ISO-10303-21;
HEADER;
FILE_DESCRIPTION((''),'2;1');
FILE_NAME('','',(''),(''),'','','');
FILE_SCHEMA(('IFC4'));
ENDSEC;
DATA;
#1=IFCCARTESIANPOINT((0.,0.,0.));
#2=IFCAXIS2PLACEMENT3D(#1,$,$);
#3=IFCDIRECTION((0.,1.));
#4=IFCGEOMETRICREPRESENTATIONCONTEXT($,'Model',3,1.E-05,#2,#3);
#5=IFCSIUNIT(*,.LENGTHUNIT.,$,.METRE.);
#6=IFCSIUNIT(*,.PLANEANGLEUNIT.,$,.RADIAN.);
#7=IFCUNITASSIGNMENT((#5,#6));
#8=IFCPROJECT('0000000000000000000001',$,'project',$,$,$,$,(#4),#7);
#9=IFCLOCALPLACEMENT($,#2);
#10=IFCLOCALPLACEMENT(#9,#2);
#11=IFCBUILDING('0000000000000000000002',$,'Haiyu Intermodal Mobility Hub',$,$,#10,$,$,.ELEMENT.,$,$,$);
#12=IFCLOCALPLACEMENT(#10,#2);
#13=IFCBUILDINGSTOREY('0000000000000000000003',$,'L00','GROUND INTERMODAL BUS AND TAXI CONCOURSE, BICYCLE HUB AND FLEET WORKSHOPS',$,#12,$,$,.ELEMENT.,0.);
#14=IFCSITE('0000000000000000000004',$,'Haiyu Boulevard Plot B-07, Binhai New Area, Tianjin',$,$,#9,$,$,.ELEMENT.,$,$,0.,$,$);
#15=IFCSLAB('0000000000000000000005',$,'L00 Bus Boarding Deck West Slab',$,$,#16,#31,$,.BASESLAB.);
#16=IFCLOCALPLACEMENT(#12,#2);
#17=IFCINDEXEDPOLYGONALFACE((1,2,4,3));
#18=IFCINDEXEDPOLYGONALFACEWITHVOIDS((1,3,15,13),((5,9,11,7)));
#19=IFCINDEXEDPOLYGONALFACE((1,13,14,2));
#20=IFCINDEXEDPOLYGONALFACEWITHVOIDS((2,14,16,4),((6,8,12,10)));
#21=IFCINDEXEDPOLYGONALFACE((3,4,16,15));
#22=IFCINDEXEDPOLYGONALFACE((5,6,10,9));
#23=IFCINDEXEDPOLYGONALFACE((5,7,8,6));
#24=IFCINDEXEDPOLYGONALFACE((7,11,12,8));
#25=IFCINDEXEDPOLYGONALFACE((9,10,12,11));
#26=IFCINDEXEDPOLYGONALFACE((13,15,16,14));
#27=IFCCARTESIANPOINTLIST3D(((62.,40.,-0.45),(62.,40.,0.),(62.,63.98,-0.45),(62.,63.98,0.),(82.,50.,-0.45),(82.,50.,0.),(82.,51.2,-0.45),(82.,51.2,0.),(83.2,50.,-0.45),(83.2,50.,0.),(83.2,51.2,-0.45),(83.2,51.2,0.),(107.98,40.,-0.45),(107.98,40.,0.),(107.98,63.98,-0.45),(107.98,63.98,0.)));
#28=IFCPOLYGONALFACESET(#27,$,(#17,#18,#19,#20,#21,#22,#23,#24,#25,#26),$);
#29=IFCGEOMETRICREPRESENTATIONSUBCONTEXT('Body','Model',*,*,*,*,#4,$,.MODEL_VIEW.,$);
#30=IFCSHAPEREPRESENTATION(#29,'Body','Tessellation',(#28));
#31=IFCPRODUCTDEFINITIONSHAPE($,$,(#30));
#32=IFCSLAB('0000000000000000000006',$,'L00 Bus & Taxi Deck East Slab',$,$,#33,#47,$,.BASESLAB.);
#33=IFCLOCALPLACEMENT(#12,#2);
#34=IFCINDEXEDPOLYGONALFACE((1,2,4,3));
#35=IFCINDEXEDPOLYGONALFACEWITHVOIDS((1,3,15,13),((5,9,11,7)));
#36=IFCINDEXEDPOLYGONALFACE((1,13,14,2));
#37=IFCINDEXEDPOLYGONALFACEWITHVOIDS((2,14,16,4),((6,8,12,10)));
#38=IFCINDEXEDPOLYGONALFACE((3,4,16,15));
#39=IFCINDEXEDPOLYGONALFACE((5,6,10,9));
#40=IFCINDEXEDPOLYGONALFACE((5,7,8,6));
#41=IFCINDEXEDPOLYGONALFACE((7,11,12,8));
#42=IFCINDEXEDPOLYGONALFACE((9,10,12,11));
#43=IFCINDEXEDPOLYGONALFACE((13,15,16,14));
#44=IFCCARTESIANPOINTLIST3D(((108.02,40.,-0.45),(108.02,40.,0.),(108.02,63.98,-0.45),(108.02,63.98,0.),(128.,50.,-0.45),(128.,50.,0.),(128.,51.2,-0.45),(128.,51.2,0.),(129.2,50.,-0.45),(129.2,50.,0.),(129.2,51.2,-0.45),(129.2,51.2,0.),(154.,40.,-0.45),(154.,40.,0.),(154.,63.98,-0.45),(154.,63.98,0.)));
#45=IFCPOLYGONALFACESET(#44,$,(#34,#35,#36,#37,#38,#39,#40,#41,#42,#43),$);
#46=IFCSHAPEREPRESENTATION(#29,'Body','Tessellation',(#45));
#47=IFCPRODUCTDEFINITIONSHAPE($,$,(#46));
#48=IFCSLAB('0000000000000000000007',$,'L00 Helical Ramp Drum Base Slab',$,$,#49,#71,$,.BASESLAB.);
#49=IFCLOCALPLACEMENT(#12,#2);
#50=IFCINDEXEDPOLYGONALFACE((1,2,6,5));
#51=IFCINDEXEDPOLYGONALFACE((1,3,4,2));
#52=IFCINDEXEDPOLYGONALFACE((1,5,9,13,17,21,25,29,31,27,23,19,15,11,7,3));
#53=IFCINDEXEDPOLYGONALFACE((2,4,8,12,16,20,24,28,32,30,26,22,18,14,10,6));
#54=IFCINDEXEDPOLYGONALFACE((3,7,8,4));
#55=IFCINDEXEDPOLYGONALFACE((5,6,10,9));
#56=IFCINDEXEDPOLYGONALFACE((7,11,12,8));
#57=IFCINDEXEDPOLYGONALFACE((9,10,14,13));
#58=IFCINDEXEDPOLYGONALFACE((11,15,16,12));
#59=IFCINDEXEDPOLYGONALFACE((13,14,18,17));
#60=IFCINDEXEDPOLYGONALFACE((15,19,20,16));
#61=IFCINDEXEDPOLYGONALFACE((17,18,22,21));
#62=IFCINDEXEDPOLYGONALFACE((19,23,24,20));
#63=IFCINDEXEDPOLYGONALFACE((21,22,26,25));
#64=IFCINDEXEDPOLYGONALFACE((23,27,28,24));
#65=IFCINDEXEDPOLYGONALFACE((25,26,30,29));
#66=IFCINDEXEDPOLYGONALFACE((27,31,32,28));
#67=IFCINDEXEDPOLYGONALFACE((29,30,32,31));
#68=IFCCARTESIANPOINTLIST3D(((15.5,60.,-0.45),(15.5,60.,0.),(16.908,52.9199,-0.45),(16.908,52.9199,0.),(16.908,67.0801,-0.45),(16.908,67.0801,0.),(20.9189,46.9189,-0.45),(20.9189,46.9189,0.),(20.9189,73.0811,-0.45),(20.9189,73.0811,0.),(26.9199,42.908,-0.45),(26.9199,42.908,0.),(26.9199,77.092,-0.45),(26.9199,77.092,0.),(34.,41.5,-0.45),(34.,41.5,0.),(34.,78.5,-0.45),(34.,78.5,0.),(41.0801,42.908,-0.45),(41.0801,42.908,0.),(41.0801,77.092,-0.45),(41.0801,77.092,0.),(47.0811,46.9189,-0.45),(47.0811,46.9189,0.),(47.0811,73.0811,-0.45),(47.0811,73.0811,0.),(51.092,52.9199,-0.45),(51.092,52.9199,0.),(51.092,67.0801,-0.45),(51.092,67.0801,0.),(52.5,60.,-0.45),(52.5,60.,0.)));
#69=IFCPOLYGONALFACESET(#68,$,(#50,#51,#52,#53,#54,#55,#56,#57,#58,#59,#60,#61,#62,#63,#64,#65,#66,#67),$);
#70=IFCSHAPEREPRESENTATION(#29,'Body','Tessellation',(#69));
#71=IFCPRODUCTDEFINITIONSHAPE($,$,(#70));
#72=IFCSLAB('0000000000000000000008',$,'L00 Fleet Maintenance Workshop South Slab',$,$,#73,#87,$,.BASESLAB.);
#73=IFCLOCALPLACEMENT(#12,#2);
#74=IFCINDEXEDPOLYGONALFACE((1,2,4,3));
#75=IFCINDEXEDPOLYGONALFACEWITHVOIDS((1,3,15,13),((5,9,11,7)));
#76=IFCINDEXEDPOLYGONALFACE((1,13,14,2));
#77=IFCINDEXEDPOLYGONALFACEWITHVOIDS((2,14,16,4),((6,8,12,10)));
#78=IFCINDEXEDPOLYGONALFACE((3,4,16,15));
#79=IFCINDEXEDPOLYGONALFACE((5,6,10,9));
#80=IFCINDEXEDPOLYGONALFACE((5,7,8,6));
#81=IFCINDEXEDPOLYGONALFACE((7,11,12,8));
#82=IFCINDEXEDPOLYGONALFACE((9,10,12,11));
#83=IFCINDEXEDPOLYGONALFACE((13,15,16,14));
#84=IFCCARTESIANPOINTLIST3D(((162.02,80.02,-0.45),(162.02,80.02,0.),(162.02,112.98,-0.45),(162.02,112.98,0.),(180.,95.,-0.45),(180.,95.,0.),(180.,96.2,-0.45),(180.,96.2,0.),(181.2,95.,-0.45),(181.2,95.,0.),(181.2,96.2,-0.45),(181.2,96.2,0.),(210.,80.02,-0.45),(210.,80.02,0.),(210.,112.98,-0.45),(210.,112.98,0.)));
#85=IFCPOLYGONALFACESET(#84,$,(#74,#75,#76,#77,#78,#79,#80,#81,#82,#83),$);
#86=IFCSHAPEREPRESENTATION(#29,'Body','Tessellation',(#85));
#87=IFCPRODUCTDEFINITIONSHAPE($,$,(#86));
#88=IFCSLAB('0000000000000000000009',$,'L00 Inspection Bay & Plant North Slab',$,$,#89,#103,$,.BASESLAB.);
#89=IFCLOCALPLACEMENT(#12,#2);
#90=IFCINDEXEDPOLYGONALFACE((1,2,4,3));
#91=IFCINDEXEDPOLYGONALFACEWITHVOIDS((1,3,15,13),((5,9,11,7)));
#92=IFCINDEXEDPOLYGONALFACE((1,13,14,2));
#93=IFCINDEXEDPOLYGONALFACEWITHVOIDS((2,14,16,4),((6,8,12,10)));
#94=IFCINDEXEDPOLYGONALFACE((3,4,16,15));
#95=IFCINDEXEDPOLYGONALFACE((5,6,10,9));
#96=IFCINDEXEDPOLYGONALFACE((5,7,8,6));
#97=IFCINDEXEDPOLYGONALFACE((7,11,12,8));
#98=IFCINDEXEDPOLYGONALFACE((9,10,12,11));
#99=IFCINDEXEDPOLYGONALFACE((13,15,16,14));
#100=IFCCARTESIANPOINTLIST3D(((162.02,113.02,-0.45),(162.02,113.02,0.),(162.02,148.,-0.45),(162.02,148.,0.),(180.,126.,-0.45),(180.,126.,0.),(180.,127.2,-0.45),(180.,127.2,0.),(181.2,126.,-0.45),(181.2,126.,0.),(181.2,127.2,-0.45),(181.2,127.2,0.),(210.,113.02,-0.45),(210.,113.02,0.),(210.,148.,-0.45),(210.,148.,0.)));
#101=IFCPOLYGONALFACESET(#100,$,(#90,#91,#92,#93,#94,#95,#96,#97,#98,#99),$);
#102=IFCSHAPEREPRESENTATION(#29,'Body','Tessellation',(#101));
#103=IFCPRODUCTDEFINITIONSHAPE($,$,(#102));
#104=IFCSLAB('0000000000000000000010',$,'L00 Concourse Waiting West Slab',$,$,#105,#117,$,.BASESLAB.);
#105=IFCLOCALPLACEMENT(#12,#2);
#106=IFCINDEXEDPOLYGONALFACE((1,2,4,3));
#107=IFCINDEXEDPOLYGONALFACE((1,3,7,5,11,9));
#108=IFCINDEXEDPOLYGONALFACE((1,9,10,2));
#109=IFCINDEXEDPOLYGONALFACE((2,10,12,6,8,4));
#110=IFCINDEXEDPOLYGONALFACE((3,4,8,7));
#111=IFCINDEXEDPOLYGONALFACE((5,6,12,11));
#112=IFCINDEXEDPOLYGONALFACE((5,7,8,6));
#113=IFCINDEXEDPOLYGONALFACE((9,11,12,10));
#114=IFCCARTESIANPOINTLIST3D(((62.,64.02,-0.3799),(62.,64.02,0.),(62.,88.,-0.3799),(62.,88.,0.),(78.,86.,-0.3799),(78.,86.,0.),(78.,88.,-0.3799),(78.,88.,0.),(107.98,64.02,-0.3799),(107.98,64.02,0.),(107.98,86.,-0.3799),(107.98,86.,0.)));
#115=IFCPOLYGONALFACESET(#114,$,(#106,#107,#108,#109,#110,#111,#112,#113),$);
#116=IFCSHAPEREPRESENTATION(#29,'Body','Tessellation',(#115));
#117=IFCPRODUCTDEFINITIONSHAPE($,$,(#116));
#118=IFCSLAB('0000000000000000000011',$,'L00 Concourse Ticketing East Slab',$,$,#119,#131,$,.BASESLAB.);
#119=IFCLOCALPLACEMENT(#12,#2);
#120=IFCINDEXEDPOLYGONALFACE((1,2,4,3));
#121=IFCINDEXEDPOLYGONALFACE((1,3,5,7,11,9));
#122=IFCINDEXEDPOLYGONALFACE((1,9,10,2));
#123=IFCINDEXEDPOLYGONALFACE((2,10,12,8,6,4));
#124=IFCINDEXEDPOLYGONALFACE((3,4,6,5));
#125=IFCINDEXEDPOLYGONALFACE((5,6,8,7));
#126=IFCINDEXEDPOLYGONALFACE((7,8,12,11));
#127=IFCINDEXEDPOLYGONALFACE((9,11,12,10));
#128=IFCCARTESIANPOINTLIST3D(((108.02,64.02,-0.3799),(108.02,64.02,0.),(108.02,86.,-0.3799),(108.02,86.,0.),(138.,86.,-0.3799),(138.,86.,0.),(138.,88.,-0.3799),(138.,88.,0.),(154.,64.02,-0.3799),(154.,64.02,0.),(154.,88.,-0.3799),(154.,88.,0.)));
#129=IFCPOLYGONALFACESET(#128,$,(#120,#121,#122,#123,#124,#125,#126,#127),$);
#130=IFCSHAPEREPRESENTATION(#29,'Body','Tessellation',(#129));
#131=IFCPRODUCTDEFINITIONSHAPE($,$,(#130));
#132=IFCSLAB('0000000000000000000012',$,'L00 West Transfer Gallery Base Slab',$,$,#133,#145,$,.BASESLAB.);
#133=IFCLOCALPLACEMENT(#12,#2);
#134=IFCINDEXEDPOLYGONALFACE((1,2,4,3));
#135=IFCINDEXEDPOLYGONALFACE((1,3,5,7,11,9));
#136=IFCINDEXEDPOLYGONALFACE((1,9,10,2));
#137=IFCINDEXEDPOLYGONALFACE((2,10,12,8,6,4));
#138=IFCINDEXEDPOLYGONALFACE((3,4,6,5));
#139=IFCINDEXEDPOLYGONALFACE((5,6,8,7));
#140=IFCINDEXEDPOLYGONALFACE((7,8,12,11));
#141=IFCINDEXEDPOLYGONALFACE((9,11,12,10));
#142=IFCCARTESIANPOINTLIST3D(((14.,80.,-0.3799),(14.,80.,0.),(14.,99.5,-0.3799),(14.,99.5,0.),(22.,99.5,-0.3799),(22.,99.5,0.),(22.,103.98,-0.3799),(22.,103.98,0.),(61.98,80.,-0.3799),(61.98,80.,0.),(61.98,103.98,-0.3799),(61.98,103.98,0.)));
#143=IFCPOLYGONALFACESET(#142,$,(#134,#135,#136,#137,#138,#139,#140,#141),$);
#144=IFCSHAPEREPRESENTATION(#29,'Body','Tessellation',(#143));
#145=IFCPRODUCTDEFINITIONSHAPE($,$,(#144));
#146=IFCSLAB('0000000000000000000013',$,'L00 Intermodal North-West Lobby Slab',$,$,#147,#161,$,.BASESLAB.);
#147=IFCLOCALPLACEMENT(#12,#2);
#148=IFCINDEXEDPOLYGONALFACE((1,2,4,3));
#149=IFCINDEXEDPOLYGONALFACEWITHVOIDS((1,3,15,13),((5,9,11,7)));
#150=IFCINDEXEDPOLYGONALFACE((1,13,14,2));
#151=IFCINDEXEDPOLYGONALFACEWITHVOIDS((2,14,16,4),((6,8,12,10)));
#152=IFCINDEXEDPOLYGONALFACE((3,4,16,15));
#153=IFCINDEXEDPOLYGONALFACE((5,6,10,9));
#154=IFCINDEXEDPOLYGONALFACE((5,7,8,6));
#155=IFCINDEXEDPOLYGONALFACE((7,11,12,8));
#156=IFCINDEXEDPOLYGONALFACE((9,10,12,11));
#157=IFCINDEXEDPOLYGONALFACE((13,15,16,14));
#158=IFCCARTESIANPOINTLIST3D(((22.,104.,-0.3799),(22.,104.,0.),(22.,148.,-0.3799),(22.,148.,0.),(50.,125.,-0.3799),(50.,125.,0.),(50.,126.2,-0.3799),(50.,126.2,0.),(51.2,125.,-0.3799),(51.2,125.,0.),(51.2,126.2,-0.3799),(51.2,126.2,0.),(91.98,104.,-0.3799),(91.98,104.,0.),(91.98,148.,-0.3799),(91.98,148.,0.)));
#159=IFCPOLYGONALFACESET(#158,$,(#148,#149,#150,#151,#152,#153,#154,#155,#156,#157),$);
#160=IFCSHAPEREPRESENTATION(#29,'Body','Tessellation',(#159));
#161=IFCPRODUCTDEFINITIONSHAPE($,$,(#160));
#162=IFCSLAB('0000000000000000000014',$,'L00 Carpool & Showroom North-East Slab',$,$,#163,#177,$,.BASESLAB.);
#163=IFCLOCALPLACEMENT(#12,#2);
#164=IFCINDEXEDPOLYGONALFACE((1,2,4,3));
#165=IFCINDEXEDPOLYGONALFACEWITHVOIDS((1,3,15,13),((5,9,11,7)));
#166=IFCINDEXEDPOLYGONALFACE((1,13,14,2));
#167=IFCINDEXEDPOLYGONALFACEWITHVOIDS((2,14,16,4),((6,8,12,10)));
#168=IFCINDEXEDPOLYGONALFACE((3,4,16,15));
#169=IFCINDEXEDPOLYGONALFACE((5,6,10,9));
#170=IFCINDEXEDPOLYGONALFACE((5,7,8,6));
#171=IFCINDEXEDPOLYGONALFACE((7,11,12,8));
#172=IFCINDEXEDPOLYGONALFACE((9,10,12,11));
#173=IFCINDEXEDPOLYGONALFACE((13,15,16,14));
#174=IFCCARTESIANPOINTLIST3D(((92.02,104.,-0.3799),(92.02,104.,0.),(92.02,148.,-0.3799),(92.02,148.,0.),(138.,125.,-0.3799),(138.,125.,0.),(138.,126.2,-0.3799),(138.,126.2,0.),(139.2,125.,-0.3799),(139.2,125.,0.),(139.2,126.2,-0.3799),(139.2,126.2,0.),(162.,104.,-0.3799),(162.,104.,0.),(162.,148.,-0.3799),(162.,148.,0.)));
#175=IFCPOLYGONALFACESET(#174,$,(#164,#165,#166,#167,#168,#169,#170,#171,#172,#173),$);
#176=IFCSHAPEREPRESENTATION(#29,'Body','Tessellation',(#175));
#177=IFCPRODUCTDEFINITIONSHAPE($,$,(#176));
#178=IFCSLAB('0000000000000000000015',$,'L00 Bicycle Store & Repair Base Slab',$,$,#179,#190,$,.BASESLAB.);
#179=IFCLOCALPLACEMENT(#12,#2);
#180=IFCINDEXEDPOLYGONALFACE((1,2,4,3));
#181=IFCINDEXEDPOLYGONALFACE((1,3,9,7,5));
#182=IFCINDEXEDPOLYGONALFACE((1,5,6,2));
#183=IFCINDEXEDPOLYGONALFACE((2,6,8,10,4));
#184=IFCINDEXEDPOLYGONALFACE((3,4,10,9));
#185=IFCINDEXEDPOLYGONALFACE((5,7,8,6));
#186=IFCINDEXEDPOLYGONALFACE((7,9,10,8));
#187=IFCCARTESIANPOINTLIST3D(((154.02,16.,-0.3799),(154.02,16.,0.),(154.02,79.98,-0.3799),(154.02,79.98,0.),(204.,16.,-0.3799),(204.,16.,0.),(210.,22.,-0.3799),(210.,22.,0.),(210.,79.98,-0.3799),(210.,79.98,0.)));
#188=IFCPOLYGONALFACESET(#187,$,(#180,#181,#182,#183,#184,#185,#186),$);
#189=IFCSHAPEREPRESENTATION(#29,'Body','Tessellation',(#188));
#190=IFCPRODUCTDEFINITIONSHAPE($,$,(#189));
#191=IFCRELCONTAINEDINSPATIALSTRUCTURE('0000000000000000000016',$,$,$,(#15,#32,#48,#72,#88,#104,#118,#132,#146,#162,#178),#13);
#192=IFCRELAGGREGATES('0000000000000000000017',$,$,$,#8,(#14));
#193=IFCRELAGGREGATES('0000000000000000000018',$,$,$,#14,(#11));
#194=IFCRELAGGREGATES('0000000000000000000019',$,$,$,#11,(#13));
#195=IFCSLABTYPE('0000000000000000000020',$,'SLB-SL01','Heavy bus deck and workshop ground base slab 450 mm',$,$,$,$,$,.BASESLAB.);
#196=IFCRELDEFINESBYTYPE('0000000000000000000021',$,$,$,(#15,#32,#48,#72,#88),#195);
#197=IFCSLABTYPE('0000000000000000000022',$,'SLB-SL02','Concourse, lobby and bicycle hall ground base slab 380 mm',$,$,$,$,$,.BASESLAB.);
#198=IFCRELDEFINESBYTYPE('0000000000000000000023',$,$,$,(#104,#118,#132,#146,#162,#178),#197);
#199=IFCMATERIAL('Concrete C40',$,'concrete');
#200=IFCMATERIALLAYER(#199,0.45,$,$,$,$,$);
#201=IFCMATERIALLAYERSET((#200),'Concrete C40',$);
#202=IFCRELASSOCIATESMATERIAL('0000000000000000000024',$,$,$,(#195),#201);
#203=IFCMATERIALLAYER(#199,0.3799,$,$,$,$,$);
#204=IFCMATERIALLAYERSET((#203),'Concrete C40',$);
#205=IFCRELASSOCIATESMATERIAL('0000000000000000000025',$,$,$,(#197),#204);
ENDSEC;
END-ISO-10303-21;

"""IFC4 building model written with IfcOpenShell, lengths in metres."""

from ifc_helpers import new_model, si_unit, direction, frame, origin, place, context, subcontext, project, spatial, polyline, outline, extrude, material, layer, layer_set, type_object, element, save


model = new_model("IFC4")

# Units and contexts
model_context = context("Model", 3, precision=1e-05, world=origin(), true_north=direction((0.0, 1.0)))
body_context = subcontext(model_context, "Body", "Model", "MODEL_VIEW")
ifc_project = project(units=[si_unit("LENGTHUNIT", "METRE"), si_unit("PLANEANGLEUNIT", "RADIAN")], contexts=[model_context])

# Site, building, storey
site_placement = place(None, origin())
site = spatial("IfcSite", under=ifc_project, at=site_placement, Name="Haiyu Boulevard Plot B-07, Binhai New Area, Tianjin", CompositionType="ELEMENT", RefElevation=0.0)
building_placement = place(site_placement, origin())
building = spatial("IfcBuilding", under=site, at=building_placement, Name="Haiyu Intermodal Mobility Hub", CompositionType="ELEMENT")
storey_placement = place(building_placement, origin())
storey = spatial("IfcBuildingStorey", under=building, at=storey_placement, Name="L00", Description="GROUND INTERMODAL BUS AND TAXI CONCOURSE, BICYCLE HUB AND FLEET WORKSHOPS", CompositionType="ELEMENT", Elevation=0.0)

# Slabs
ifc_material = material(Name="Concrete C40", Category="concrete")
ifc_layer_1 = layer(ifc_material, 0.45)
ifc_layer_set_1 = layer_set([ifc_layer_1], Name="Concrete C40")
slab_type_1 = type_object("IfcSlabType", Name="SLB-SL01", Description="Heavy bus deck and workshop ground base slab 450 mm", PredefinedType="BASESLAB", material=ifc_layer_set_1)
slab_1_placement = place(storey_placement, frame((0.0, 0.0, -0.45)))
element("IfcSlab", 1, at=slab_1_placement, inside=storey, type_object=slab_type_1, Name="L00 Bus Boarding Deck West Slab", PredefinedType="BASESLAB", context=body_context, shape_type="SweptSolid", body=[
    extrude(outline(polyline([(62.0, 40.0), (107.98, 40.0), (107.98, 63.98), (62.0, 63.98), (62.0, 40.0)]), holes=[polyline([(82.0, 50.0), (83.2, 50.0), (83.2, 51.2), (82.0, 51.2), (82.0, 50.0)])]), origin(), (0.0, 0.0, 1.0), 0.45),
])
slab_2_placement = place(storey_placement, frame((0.0, 0.0, -0.45)))
element("IfcSlab", 2, at=slab_2_placement, inside=storey, type_object=slab_type_1, Name="L00 Bus & Taxi Deck East Slab", PredefinedType="BASESLAB", context=body_context, shape_type="SweptSolid", body=[
    extrude(outline(polyline([(108.02, 40.0), (154.0, 40.0), (154.0, 63.98), (108.02, 63.98), (108.02, 40.0)]), holes=[polyline([(128.0, 50.0), (129.2, 50.0), (129.2, 51.2), (128.0, 51.2), (128.0, 50.0)])]), origin(), (0.0, 0.0, 1.0), 0.45),
])
slab_3_placement = place(storey_placement, frame((0.0, 0.0, -0.45)))
element("IfcSlab", 3, at=slab_3_placement, inside=storey, type_object=slab_type_1, Name="L00 Helical Ramp Drum Base Slab", PredefinedType="BASESLAB", context=body_context, shape_type="SweptSolid", body=[
    extrude(outline(polyline([(52.5, 60.0), (51.092, 67.0801), (47.0811, 73.0811), (41.0801, 77.092), (34.0, 78.5), (26.9199, 77.092), (20.9189, 73.0811), (16.908, 67.0801), (15.5, 60.0), (16.908, 52.9199), (20.9189, 46.9189), (26.9199, 42.908), (34.0, 41.5), (41.0801, 42.908), (47.0811, 46.9189), (51.092, 52.9199), (52.5, 60.0)])), origin(), (0.0, 0.0, 1.0), 0.45),
])
slab_4_placement = place(storey_placement, frame((0.0, 0.0, -0.45)))
element("IfcSlab", 4, at=slab_4_placement, inside=storey, type_object=slab_type_1, Name="L00 Fleet Maintenance Workshop South Slab", PredefinedType="BASESLAB", context=body_context, shape_type="SweptSolid", body=[
    extrude(outline(polyline([(162.02, 80.02), (210.0, 80.02), (210.0, 112.98), (162.02, 112.98), (162.02, 80.02)]), holes=[polyline([(180.0, 95.0), (181.2, 95.0), (181.2, 96.2), (180.0, 96.2), (180.0, 95.0)])]), origin(), (0.0, 0.0, 1.0), 0.45),
])
slab_5_placement = place(storey_placement, frame((0.0, 0.0, -0.45)))
element("IfcSlab", 5, at=slab_5_placement, inside=storey, type_object=slab_type_1, Name="L00 Inspection Bay & Plant North Slab", PredefinedType="BASESLAB", context=body_context, shape_type="SweptSolid", body=[
    extrude(outline(polyline([(162.02, 113.02), (210.0, 113.02), (210.0, 148.0), (162.02, 148.0), (162.02, 113.02)]), holes=[polyline([(180.0, 126.0), (181.2, 126.0), (181.2, 127.2), (180.0, 127.2), (180.0, 126.0)])]), origin(), (0.0, 0.0, 1.0), 0.45),
])
ifc_layer_2 = layer(ifc_material, 0.3799)
ifc_layer_set_2 = layer_set([ifc_layer_2], Name="Concrete C40")
slab_type_2 = type_object("IfcSlabType", Name="SLB-SL02", Description="Concourse, lobby and bicycle hall ground base slab 380 mm", PredefinedType="BASESLAB", material=ifc_layer_set_2)
slab_6_placement = place(storey_placement, frame((0.0, 0.0, -0.3799)))
element("IfcSlab", 6, at=slab_6_placement, inside=storey, type_object=slab_type_2, Name="L00 Concourse Waiting West Slab", PredefinedType="BASESLAB", context=body_context, shape_type="SweptSolid", body=[
    extrude(outline(polyline([(62.0, 64.02), (107.98, 64.02), (107.98, 86.0), (78.0, 86.0), (78.0, 88.0), (62.0, 88.0), (62.0, 64.02)])), origin(), (0.0, 0.0, 1.0), 0.3799),
])
slab_7_placement = place(storey_placement, frame((0.0, 0.0, -0.3799)))
element("IfcSlab", 7, at=slab_7_placement, inside=storey, type_object=slab_type_2, Name="L00 Concourse Ticketing East Slab", PredefinedType="BASESLAB", context=body_context, shape_type="SweptSolid", body=[
    extrude(outline(polyline([(108.02, 64.02), (154.0, 64.02), (154.0, 88.0), (138.0, 88.0), (138.0, 86.0), (108.02, 86.0), (108.02, 64.02)])), origin(), (0.0, 0.0, 1.0), 0.3799),
])
slab_8_placement = place(storey_placement, frame((0.0, 0.0, -0.3799)))
element("IfcSlab", 8, at=slab_8_placement, inside=storey, type_object=slab_type_2, Name="L00 West Transfer Gallery Base Slab", PredefinedType="BASESLAB", context=body_context, shape_type="SweptSolid", body=[
    extrude(outline(polyline([(14.0, 80.0), (61.98, 80.0), (61.98, 103.98), (22.0, 103.98), (22.0, 99.5), (14.0, 99.5), (14.0, 80.0)])), origin(), (0.0, 0.0, 1.0), 0.3799),
])
slab_9_placement = place(storey_placement, frame((0.0, 0.0, -0.3799)))
element("IfcSlab", 9, at=slab_9_placement, inside=storey, type_object=slab_type_2, Name="L00 Intermodal North-West Lobby Slab", PredefinedType="BASESLAB", context=body_context, shape_type="SweptSolid", body=[
    extrude(outline(polyline([(22.0, 104.0), (91.98, 104.0), (91.98, 148.0), (22.0, 148.0), (22.0, 104.0)]), holes=[polyline([(50.0, 125.0), (51.2, 125.0), (51.2, 126.2), (50.0, 126.2), (50.0, 125.0)])]), origin(), (0.0, 0.0, 1.0), 0.3799),
])
slab_10_placement = place(storey_placement, frame((0.0, 0.0, -0.3799)))
element("IfcSlab", 10, at=slab_10_placement, inside=storey, type_object=slab_type_2, Name="L00 Carpool & Showroom North-East Slab", PredefinedType="BASESLAB", context=body_context, shape_type="SweptSolid", body=[
    extrude(outline(polyline([(92.02, 104.0), (162.0, 104.0), (162.0, 148.0), (92.02, 148.0), (92.02, 104.0)]), holes=[polyline([(138.0, 125.0), (139.2, 125.0), (139.2, 126.2), (138.0, 126.2), (138.0, 125.0)])]), origin(), (0.0, 0.0, 1.0), 0.3799),
])
slab_11_placement = place(storey_placement, frame((0.0, 0.0, -0.3799)))
element("IfcSlab", 11, at=slab_11_placement, inside=storey, type_object=slab_type_2, Name="L00 Bicycle Store & Repair Base Slab", PredefinedType="BASESLAB", context=body_context, shape_type="SweptSolid", body=[
    extrude(outline(polyline([(154.02, 16.0), (204.0, 16.0), (210.0, 22.0), (210.0, 79.98), (154.02, 79.98), (154.02, 16.0)])), origin(), (0.0, 0.0, 1.0), 0.3799),
])

save(model, "model.ifc")
